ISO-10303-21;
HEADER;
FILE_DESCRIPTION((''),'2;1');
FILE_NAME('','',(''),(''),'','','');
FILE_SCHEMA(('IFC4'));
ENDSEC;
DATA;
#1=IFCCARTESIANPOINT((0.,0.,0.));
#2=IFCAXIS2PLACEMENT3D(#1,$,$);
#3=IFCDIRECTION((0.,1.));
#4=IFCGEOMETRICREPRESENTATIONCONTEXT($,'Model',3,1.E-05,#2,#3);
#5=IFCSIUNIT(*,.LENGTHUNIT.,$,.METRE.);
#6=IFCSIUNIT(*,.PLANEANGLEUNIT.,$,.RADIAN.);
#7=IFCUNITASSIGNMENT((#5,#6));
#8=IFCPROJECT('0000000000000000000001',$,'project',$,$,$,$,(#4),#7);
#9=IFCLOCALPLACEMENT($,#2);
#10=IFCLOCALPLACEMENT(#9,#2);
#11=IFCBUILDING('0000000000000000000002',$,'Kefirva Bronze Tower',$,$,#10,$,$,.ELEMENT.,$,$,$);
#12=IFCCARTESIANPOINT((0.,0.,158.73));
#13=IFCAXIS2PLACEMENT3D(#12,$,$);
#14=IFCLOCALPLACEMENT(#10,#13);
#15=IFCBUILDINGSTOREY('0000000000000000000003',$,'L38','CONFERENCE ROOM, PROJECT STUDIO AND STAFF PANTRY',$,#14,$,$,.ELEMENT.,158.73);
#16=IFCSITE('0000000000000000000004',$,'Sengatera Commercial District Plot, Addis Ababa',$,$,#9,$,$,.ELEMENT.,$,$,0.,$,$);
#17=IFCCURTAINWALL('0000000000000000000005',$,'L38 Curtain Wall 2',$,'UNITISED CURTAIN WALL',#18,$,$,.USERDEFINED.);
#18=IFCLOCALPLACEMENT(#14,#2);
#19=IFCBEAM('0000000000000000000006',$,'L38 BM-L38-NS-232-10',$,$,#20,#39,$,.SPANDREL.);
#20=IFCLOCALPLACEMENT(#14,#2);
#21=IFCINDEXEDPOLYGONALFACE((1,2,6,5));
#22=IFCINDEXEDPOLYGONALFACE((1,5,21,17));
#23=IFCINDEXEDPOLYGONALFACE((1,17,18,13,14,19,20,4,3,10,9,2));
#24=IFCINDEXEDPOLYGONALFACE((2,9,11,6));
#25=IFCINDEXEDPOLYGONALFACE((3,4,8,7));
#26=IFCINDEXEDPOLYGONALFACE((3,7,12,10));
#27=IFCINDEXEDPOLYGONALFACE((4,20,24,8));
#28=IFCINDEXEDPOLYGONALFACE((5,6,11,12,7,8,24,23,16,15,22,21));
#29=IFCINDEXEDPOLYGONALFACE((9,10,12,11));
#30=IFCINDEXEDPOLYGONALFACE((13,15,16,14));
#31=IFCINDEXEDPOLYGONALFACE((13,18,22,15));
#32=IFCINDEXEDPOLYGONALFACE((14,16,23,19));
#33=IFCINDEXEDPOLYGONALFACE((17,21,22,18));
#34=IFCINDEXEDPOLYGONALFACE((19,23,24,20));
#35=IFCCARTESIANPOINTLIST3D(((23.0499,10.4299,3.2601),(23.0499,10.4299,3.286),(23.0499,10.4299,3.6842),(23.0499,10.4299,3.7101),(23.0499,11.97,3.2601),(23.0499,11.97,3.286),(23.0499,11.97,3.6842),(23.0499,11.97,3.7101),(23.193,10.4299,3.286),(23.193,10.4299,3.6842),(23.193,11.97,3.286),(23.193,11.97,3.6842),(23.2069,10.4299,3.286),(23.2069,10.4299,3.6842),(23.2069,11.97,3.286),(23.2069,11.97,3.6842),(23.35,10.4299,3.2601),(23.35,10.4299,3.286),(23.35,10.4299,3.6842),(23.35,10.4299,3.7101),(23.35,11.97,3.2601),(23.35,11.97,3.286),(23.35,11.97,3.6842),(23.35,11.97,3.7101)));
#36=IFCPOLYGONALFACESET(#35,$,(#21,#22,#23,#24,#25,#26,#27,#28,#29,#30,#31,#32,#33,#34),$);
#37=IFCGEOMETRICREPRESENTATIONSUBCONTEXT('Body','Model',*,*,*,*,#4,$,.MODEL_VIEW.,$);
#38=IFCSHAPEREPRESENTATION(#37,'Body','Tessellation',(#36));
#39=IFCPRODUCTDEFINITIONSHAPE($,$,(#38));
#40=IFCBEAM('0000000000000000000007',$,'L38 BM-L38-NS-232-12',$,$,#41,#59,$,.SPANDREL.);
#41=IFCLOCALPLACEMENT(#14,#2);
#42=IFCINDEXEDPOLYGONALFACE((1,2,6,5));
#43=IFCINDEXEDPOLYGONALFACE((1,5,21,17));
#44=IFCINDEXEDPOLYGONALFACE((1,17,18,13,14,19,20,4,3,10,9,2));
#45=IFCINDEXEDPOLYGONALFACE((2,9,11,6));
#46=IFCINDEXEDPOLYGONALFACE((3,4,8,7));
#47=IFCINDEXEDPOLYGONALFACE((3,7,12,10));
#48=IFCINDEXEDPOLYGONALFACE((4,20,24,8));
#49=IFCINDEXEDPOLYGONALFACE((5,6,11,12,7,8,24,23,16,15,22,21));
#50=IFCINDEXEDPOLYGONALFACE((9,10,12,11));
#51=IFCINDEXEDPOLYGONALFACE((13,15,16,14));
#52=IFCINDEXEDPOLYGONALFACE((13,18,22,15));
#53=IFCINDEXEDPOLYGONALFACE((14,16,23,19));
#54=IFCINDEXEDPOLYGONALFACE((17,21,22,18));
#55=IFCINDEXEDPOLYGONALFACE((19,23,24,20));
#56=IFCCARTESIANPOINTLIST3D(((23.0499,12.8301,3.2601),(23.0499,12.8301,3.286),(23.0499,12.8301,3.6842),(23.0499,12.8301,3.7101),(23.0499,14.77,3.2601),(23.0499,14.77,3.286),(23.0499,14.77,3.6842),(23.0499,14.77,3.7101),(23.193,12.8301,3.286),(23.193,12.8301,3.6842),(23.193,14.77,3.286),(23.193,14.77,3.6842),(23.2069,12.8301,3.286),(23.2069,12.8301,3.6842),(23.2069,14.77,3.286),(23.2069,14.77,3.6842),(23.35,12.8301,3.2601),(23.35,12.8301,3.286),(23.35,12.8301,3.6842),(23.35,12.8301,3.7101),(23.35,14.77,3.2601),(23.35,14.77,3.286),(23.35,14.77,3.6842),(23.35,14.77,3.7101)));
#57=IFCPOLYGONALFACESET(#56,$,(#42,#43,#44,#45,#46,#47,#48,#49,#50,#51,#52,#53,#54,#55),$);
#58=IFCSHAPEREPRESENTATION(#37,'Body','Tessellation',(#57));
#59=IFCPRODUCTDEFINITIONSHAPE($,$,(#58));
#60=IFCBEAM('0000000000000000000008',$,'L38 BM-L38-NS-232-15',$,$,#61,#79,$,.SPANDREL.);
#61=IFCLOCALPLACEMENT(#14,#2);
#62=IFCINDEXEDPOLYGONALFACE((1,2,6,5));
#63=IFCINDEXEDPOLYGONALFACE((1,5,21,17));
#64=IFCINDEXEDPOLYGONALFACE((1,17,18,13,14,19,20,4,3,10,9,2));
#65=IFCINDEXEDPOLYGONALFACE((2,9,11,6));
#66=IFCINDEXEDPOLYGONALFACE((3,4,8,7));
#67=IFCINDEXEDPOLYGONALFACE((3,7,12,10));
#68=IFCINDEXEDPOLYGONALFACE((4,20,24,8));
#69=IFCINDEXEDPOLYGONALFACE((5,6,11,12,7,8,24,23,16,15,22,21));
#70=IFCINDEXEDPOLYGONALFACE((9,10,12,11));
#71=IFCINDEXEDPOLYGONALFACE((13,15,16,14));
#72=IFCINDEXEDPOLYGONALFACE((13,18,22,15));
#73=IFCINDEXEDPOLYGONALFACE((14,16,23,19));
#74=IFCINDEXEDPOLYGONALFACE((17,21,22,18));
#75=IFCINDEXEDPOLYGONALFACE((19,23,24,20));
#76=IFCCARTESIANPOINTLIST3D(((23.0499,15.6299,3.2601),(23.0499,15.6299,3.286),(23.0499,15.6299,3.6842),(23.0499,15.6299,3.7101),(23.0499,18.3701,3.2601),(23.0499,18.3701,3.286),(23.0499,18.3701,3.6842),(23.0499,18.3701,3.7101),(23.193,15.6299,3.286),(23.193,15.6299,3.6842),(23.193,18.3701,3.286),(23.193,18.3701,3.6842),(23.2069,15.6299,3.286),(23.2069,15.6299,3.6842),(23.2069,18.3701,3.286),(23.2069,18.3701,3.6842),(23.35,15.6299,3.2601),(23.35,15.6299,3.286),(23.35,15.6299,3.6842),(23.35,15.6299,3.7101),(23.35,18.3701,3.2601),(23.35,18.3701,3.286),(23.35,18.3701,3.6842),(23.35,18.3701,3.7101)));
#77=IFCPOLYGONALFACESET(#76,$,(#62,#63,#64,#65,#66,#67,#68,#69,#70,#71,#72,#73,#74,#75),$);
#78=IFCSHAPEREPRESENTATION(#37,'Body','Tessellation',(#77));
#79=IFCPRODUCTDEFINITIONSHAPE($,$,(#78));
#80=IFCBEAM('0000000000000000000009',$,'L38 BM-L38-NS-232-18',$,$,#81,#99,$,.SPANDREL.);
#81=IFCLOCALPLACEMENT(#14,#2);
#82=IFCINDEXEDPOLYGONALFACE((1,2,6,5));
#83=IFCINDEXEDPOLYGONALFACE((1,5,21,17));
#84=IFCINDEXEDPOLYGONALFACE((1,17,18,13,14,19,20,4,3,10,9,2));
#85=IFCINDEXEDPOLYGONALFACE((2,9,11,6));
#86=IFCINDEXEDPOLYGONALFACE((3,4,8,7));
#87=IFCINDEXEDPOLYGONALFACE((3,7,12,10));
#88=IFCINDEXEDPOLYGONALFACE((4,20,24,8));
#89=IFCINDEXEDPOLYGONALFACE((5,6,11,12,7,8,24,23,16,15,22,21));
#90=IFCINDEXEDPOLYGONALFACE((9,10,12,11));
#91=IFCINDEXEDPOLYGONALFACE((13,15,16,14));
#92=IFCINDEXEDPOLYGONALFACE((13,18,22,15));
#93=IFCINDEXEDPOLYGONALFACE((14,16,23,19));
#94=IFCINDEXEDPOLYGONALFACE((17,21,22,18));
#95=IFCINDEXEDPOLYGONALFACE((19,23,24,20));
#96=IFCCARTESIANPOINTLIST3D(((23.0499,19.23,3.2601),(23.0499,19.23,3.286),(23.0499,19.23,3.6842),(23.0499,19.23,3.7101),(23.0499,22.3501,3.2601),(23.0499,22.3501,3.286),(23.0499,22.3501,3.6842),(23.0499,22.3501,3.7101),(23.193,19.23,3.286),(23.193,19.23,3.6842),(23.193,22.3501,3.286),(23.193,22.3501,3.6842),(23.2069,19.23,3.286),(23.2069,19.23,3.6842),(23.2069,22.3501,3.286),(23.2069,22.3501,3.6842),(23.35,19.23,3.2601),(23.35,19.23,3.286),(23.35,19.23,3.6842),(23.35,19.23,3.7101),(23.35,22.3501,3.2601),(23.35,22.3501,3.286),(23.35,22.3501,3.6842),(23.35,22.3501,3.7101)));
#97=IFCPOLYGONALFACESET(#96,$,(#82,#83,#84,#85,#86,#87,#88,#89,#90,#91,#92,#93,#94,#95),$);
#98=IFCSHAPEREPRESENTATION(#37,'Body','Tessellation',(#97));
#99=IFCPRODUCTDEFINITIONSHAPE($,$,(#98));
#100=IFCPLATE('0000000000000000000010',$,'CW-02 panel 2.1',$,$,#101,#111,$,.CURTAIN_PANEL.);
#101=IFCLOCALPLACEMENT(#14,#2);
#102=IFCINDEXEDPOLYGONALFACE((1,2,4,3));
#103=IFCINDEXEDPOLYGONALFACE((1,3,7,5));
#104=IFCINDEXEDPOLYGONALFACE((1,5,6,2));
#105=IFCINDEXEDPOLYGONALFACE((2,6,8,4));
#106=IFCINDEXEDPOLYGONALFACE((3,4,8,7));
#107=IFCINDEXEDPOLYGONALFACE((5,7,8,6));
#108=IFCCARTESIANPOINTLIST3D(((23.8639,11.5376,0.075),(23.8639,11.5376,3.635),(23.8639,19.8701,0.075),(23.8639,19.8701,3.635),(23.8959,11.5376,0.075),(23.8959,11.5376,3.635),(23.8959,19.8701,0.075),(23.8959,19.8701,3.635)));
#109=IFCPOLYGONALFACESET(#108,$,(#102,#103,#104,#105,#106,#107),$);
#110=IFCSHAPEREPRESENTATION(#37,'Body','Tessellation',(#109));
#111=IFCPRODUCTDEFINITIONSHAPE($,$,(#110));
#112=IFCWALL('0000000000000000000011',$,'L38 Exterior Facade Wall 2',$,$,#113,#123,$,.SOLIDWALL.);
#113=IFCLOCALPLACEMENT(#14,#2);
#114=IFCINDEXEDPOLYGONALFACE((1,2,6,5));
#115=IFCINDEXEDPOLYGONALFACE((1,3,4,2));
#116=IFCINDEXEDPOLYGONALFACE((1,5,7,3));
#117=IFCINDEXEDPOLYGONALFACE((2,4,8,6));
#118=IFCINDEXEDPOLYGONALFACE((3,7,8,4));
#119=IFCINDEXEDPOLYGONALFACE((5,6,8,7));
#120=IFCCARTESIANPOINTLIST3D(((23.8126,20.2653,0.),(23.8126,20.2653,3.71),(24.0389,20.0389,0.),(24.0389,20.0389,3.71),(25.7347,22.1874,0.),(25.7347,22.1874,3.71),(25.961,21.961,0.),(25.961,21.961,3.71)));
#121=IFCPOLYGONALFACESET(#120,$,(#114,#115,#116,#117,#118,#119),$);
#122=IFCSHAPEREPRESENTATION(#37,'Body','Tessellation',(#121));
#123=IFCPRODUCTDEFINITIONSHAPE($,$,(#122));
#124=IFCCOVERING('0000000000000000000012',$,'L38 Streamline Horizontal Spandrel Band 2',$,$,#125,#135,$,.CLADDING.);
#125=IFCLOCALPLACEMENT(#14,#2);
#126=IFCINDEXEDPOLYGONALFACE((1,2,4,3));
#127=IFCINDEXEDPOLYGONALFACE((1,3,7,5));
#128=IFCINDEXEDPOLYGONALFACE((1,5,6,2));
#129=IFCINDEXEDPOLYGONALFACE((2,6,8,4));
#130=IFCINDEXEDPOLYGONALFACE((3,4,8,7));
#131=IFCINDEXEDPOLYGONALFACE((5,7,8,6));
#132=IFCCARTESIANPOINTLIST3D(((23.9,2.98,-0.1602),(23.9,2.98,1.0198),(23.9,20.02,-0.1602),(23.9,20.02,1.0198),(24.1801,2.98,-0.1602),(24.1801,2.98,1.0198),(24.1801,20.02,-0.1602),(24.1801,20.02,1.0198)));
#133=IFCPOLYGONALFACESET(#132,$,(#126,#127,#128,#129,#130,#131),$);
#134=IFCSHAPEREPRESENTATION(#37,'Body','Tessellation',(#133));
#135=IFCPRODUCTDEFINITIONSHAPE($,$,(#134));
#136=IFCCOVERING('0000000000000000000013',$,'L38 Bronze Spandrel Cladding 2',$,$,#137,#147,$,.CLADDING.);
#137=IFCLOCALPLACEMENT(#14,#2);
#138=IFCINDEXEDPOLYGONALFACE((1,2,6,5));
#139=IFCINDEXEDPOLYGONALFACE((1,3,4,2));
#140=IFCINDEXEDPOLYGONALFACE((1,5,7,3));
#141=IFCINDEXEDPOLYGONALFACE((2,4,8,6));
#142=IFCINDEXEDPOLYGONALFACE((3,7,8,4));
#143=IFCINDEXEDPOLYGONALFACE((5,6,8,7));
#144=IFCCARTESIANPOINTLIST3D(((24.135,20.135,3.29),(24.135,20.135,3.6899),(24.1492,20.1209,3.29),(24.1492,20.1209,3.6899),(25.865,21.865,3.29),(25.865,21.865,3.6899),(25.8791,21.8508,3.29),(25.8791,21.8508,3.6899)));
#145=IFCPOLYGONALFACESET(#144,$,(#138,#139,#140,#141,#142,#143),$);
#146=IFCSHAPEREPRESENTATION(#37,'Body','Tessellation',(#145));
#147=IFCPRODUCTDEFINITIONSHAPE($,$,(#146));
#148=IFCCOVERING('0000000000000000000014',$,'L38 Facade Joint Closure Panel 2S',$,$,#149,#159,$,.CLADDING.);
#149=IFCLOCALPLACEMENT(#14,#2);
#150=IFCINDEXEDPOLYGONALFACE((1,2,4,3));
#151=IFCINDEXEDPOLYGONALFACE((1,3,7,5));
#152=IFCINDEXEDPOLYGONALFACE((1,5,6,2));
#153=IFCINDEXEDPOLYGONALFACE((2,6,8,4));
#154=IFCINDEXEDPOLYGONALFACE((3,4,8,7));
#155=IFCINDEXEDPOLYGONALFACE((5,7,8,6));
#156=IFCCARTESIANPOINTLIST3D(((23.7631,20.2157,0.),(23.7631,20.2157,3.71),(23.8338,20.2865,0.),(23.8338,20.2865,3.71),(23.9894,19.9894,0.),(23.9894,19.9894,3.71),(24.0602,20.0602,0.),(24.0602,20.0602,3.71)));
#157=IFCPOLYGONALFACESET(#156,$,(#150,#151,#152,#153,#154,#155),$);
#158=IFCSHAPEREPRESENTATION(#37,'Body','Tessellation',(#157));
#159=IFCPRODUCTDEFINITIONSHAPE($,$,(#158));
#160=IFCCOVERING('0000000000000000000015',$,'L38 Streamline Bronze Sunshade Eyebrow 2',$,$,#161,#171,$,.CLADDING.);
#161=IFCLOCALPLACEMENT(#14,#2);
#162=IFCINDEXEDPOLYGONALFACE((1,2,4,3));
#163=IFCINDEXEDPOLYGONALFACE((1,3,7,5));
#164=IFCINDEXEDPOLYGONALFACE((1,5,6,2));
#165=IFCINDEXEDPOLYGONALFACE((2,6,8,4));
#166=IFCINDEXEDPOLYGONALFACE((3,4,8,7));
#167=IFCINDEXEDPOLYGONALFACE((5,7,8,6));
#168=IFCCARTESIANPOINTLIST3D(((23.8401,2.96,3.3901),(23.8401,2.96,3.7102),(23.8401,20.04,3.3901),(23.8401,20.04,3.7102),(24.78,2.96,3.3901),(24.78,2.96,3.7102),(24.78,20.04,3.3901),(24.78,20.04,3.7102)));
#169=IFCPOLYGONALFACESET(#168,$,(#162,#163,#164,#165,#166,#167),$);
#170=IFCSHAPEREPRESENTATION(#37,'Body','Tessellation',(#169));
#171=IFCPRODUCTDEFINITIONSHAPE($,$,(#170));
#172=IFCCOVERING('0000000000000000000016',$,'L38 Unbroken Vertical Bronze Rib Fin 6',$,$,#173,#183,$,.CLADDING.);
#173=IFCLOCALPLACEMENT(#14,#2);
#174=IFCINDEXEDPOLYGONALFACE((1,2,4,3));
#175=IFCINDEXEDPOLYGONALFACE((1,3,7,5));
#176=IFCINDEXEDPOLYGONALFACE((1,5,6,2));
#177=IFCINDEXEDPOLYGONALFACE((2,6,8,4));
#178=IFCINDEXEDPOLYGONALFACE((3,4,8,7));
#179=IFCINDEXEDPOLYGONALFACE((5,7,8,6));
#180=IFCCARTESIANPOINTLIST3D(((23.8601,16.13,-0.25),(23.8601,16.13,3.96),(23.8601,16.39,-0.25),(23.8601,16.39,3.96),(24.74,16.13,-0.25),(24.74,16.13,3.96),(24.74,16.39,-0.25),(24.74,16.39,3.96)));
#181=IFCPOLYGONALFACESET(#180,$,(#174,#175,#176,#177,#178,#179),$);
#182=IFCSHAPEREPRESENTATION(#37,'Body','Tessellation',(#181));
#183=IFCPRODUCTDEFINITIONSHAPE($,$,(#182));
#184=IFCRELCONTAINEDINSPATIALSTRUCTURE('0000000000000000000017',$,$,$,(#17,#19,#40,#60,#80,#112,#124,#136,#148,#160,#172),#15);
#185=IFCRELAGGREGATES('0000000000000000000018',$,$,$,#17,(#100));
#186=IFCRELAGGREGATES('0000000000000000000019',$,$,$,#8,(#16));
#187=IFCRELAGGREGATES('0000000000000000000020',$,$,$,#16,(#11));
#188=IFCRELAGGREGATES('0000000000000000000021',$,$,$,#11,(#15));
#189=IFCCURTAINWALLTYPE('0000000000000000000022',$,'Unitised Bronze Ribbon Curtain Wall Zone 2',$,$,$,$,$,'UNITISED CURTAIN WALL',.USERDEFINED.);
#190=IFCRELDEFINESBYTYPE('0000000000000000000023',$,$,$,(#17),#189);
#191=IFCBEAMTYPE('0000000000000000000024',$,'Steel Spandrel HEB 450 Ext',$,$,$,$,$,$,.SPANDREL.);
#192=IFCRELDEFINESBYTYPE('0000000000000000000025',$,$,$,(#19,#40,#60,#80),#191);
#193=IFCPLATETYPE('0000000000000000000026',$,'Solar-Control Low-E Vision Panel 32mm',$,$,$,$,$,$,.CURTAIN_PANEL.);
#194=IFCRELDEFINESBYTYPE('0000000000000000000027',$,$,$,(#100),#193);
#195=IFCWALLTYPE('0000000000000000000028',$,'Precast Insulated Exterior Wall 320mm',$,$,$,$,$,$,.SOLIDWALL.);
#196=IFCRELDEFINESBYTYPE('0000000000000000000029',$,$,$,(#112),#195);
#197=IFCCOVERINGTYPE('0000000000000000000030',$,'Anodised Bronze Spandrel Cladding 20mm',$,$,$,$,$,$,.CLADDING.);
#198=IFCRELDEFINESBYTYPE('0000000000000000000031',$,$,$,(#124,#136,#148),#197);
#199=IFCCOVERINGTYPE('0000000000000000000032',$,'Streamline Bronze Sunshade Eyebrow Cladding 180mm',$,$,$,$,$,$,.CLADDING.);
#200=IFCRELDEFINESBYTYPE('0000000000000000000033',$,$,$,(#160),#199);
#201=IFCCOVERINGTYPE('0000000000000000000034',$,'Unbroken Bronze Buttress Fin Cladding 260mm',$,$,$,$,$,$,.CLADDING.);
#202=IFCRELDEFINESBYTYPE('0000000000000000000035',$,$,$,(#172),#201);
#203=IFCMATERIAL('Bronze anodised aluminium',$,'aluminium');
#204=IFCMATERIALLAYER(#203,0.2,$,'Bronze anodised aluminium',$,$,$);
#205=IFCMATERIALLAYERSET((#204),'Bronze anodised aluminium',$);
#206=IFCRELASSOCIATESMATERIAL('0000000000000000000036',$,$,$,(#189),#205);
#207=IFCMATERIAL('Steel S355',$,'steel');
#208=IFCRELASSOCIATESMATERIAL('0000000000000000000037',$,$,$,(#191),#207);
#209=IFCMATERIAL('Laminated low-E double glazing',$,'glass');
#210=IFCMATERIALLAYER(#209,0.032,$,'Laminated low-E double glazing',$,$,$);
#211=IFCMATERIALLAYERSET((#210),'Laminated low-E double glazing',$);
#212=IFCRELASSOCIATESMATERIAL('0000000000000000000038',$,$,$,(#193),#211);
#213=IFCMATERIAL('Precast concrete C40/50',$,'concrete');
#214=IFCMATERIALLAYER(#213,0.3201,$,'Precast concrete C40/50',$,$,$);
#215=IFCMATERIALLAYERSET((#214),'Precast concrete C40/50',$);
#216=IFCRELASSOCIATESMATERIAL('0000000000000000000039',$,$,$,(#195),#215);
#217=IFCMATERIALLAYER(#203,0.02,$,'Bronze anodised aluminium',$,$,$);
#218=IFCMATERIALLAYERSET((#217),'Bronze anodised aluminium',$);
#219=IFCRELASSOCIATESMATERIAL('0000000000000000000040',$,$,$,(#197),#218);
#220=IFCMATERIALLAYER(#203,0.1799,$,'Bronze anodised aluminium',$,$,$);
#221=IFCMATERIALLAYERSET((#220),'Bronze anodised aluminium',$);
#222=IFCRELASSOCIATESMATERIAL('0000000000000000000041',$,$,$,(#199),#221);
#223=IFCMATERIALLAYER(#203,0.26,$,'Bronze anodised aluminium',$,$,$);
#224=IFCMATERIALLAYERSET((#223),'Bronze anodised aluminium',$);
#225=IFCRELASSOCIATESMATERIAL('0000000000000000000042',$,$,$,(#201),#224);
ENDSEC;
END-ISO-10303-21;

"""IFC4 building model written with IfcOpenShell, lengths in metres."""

from ifc_helpers import new_model, si_unit, direction, frame, frame_2d, origin, origin_2d, place, context, subcontext, project, spatial, rectangle, i_section, extrude, material, layer, layer_set, material_profile, profile_set, type_object, element, aggregate, save


model = new_model("IFC4")

# Units and contexts
model_context = context("Model", 3, precision=1e-05, world=origin(), true_north=direction((0.0, 1.0)))
body_context = subcontext(model_context, "Body", "Model", "MODEL_VIEW")
ifc_project = project(units=[si_unit("LENGTHUNIT", "METRE"), si_unit("PLANEANGLEUNIT", "RADIAN")], contexts=[model_context])

# Site, building, storey
site_placement = place(None, origin())
site = spatial("IfcSite", under=ifc_project, at=site_placement, Name="Sengatera Commercial District Plot, Addis Ababa", CompositionType="ELEMENT", RefElevation=0.0)
building_placement = place(site_placement, origin())
building = spatial("IfcBuilding", under=site, at=building_placement, Name="Kefirva Bronze Tower", CompositionType="ELEMENT")
storey_placement = place(building_placement, frame((0.0, 0.0, 158.73)))
storey = spatial("IfcBuildingStorey", under=building, at=storey_placement, Name="L38", Description="CONFERENCE ROOM, PROJECT STUDIO AND STAFF PANTRY", CompositionType="ELEMENT", Elevation=158.73)

# Curtain wall
ifc_material_1 = material(Name="Bronze anodised aluminium", Category="aluminium")
ifc_layer_1 = layer(ifc_material_1, 0.2, Name="Bronze anodised aluminium")
ifc_layer_set_1 = layer_set([ifc_layer_1], Name="Bronze anodised aluminium")
curtain_wall_type = type_object("IfcCurtainWallType", Name="Unitised Bronze Ribbon Curtain Wall Zone 2", ElementType="UNITISED CURTAIN WALL", PredefinedType="USERDEFINED", material=ifc_layer_set_1)
curtain_wall_placement = place(storey_placement, origin())
curtain_wall = element("IfcCurtainWall", 1, at=curtain_wall_placement, inside=storey, type_object=curtain_wall_type, Name="L38 Curtain Wall 2", ObjectType="UNITISED CURTAIN WALL", PredefinedType="USERDEFINED")

# Beams
ifc_material_2 = material(Name="Steel S355", Category="steel")
ifc_material_profile_1 = material_profile(ifc_material_2, i_section(OverallWidth=0.3, OverallDepth=0.45, WebThickness=0.0139, FlangeThickness=0.0259, at=origin_2d()), Name="HEB 450")
ifc_profile_set_1 = profile_set([ifc_material_profile_1], Name="Steel S355")
beam_type_1 = type_object("IfcBeamType", Name="Steel Spandrel HEB 450 Ext", PredefinedType="SPANDREL", material=ifc_profile_set_1)
beam_1_placement = place(storey_placement, frame((23.2, 10.4299, 3.4851), z_axis=(0.0, 1.0, 0.0), x_axis=(-1.0, 0.0, 0.0)))
element("IfcBeam", 2, at=beam_1_placement, inside=storey, type_object=beam_type_1, Name="L38 BM-L38-NS-232-10", PredefinedType="SPANDREL", context=body_context, shape_type="SweptSolid", body=[
    extrude(i_section(OverallWidth=0.3, OverallDepth=0.45, WebThickness=0.0139, FlangeThickness=0.0259, at=origin_2d()), origin(), (0.0, 0.0, 1.0), 1.54),
])
beam_2_placement = place(storey_placement, frame((23.2, 12.8301, 3.4851), z_axis=(0.0, 1.0, 0.0), x_axis=(-1.0, 0.0, 0.0)))
element("IfcBeam", 3, at=beam_2_placement, inside=storey, type_object=beam_type_1, Name="L38 BM-L38-NS-232-12", PredefinedType="SPANDREL", context=body_context, shape_type="SweptSolid", body=[
    extrude(i_section(OverallWidth=0.3, OverallDepth=0.45, WebThickness=0.0139, FlangeThickness=0.0259, at=origin_2d()), origin(), (0.0, 0.0, 1.0), 1.9399),
])
beam_3_placement = place(storey_placement, frame((23.2, 15.6299, 3.4851), z_axis=(0.0, 1.0, 0.0), x_axis=(-1.0, 0.0, 0.0)))
element("IfcBeam", 4, at=beam_3_placement, inside=storey, type_object=beam_type_1, Name="L38 BM-L38-NS-232-15", PredefinedType="SPANDREL", context=body_context, shape_type="SweptSolid", body=[
    extrude(i_section(OverallWidth=0.3, OverallDepth=0.45, WebThickness=0.0139, FlangeThickness=0.0259, at=origin_2d()), origin(), (0.0, 0.0, 1.0), 2.7402),
])
beam_4_placement = place(storey_placement, frame((23.2, 19.23, 3.4851), z_axis=(0.0, 1.0, 0.0), x_axis=(-1.0, 0.0, 0.0)))
element("IfcBeam", 5, at=beam_4_placement, inside=storey, type_object=beam_type_1, Name="L38 BM-L38-NS-232-18", PredefinedType="SPANDREL", context=body_context, shape_type="SweptSolid", body=[
    extrude(i_section(OverallWidth=0.3, OverallDepth=0.45, WebThickness=0.0139, FlangeThickness=0.0259, at=origin_2d()), origin(), (0.0, 0.0, 1.0), 3.1201),
])

# Plate
ifc_material_3 = material(Name="Laminated low-E double glazing", Category="glass")
ifc_layer_2 = layer(ifc_material_3, 0.032, Name="Laminated low-E double glazing")
ifc_layer_set_2 = layer_set([ifc_layer_2], Name="Laminated low-E double glazing")
plate_type = type_object("IfcPlateType", Name="Solar-Control Low-E Vision Panel 32mm", PredefinedType="CURTAIN_PANEL", material=ifc_layer_set_2)
plate_placement = place(storey_placement, frame((23.8799, 15.7039, 0.075), z_axis=(0.0, 0.0, 1.0), x_axis=(0.0, 1.0, 0.0)))
plate = element("IfcPlate", 6, at=plate_placement, type_object=plate_type, Name="CW-02 panel 2.1", PredefinedType="CURTAIN_PANEL", context=body_context, shape_type="SweptSolid", body=[
    extrude(rectangle(XDim=8.3325, YDim=0.032, at=origin_2d()), origin(), (0.0, 0.0, 1.0), 3.5601),
])
aggregate(curtain_wall, [plate])

# Wall
ifc_material_4 = material(Name="Precast concrete C40/50", Category="concrete")
ifc_layer_3 = layer(ifc_material_4, 0.3201, Name="Precast concrete C40/50")
ifc_layer_set_3 = layer_set([ifc_layer_3], Name="Precast concrete C40/50")
wall_type = type_object("IfcWallType", Name="Precast Insulated Exterior Wall 320mm", PredefinedType="SOLIDWALL", material=ifc_layer_set_3)
wall_placement = place(storey_placement, frame((23.9258, 20.1521, 0.0), z_axis=(0.0, 0.0, 1.0), x_axis=(0.707107, 0.707107, 0.0)))
element("IfcWall", 7, at=wall_placement, inside=storey, type_object=wall_type, Name="L38 Exterior Facade Wall 2", PredefinedType="SOLIDWALL", context=body_context, shape_type="SweptSolid", body=[
    extrude(rectangle(XDim=2.7183, YDim=0.3201, at=frame_2d((1.3591, 0.0))), origin(), (0.0, 0.0, 1.0), 3.71),
])

# Coverings
ifc_layer_4 = layer(ifc_material_1, 0.02, Name="Bronze anodised aluminium")
ifc_layer_set_4 = layer_set([ifc_layer_4], Name="Bronze anodised aluminium")
covering_type_1 = type_object("IfcCoveringType", Name="Anodised Bronze Spandrel Cladding 20mm", PredefinedType="CLADDING", material=ifc_layer_set_4)
covering_1_placement = place(storey_placement, frame((24.04, 11.5, -0.1602), z_axis=(0.0, 0.0, 1.0), x_axis=(0.0, 1.0, 0.0)))
element("IfcCovering", 8, at=covering_1_placement, inside=storey, type_object=covering_type_1, Name="L38 Streamline Horizontal Spandrel Band 2", PredefinedType="CLADDING", context=body_context, shape_type="SweptSolid", body=[
    extrude(rectangle(XDim=17.04, YDim=0.28, at=origin_2d()), origin(), (0.0, 0.0, 1.0), 1.1799),
])
covering_2_placement = place(storey_placement, frame((25.0071, 20.9929, 3.29), z_axis=(0.0, 0.0, 1.0), x_axis=(0.707107, 0.707107, 0.0)))
element("IfcCovering", 9, at=covering_2_placement, inside=storey, type_object=covering_type_1, Name="L38 Bronze Spandrel Cladding 2", PredefinedType="CLADDING", context=body_context, shape_type="SweptSolid", body=[
    extrude(rectangle(XDim=2.4465, YDim=0.02, at=origin_2d()), origin(), (0.0, 0.0, 1.0), 0.3999),
])
covering_3_placement = place(storey_placement, frame((23.9116, 20.1379, 0.0), z_axis=(0.0, 0.0, 1.0), x_axis=(0.707107, 0.707107, 0.0)))
element("IfcCovering", 10, at=covering_3_placement, inside=storey, type_object=covering_type_1, Name="L38 Facade Joint Closure Panel 2S", PredefinedType="CLADDING", context=body_context, shape_type="SweptSolid", body=[
    extrude(rectangle(XDim=0.1001, YDim=0.3201, at=origin_2d()), origin(), (0.0, 0.0, 1.0), 3.71),
])
ifc_layer_5 = layer(ifc_material_1, 0.1799, Name="Bronze anodised aluminium")
ifc_layer_set_5 = layer_set([ifc_layer_5], Name="Bronze anodised aluminium")
covering_type_2 = type_object("IfcCoveringType", Name="Streamline Bronze Sunshade Eyebrow Cladding 180mm", PredefinedType="CLADDING", material=ifc_layer_set_5)
covering_4_placement = place(storey_placement, frame((24.3101, 11.5, 3.3901), z_axis=(0.0, 0.0, 1.0), x_axis=(0.0, 1.0, 0.0)))
element("IfcCovering", 11, at=covering_4_placement, inside=storey, type_object=covering_type_2, Name="L38 Streamline Bronze Sunshade Eyebrow 2", PredefinedType="CLADDING", context=body_context, shape_type="SweptSolid", body=[
    extrude(rectangle(XDim=17.0801, YDim=0.9399, at=origin_2d()), origin(), (0.0, 0.0, 1.0), 0.3201),
])
ifc_layer_6 = layer(ifc_material_1, 0.26, Name="Bronze anodised aluminium")
ifc_layer_set_6 = layer_set([ifc_layer_6], Name="Bronze anodised aluminium")
covering_type_3 = type_object("IfcCoveringType", Name="Unbroken Bronze Buttress Fin Cladding 260mm", PredefinedType="CLADDING", material=ifc_layer_set_6)
covering_5_placement = place(storey_placement, frame((24.3, 16.26, -0.25), z_axis=(0.0, 0.0, 1.0), x_axis=(0.0, 1.0, 0.0)))
element("IfcCovering", 12, at=covering_5_placement, inside=storey, type_object=covering_type_3, Name="L38 Unbroken Vertical Bronze Rib Fin 6", PredefinedType="CLADDING", context=body_context, shape_type="SweptSolid", body=[
    extrude(rectangle(XDim=0.26, YDim=0.8799, at=origin_2d()), origin(), (0.0, 0.0, 1.0), 4.21),
])

save(model, "model.ifc")
